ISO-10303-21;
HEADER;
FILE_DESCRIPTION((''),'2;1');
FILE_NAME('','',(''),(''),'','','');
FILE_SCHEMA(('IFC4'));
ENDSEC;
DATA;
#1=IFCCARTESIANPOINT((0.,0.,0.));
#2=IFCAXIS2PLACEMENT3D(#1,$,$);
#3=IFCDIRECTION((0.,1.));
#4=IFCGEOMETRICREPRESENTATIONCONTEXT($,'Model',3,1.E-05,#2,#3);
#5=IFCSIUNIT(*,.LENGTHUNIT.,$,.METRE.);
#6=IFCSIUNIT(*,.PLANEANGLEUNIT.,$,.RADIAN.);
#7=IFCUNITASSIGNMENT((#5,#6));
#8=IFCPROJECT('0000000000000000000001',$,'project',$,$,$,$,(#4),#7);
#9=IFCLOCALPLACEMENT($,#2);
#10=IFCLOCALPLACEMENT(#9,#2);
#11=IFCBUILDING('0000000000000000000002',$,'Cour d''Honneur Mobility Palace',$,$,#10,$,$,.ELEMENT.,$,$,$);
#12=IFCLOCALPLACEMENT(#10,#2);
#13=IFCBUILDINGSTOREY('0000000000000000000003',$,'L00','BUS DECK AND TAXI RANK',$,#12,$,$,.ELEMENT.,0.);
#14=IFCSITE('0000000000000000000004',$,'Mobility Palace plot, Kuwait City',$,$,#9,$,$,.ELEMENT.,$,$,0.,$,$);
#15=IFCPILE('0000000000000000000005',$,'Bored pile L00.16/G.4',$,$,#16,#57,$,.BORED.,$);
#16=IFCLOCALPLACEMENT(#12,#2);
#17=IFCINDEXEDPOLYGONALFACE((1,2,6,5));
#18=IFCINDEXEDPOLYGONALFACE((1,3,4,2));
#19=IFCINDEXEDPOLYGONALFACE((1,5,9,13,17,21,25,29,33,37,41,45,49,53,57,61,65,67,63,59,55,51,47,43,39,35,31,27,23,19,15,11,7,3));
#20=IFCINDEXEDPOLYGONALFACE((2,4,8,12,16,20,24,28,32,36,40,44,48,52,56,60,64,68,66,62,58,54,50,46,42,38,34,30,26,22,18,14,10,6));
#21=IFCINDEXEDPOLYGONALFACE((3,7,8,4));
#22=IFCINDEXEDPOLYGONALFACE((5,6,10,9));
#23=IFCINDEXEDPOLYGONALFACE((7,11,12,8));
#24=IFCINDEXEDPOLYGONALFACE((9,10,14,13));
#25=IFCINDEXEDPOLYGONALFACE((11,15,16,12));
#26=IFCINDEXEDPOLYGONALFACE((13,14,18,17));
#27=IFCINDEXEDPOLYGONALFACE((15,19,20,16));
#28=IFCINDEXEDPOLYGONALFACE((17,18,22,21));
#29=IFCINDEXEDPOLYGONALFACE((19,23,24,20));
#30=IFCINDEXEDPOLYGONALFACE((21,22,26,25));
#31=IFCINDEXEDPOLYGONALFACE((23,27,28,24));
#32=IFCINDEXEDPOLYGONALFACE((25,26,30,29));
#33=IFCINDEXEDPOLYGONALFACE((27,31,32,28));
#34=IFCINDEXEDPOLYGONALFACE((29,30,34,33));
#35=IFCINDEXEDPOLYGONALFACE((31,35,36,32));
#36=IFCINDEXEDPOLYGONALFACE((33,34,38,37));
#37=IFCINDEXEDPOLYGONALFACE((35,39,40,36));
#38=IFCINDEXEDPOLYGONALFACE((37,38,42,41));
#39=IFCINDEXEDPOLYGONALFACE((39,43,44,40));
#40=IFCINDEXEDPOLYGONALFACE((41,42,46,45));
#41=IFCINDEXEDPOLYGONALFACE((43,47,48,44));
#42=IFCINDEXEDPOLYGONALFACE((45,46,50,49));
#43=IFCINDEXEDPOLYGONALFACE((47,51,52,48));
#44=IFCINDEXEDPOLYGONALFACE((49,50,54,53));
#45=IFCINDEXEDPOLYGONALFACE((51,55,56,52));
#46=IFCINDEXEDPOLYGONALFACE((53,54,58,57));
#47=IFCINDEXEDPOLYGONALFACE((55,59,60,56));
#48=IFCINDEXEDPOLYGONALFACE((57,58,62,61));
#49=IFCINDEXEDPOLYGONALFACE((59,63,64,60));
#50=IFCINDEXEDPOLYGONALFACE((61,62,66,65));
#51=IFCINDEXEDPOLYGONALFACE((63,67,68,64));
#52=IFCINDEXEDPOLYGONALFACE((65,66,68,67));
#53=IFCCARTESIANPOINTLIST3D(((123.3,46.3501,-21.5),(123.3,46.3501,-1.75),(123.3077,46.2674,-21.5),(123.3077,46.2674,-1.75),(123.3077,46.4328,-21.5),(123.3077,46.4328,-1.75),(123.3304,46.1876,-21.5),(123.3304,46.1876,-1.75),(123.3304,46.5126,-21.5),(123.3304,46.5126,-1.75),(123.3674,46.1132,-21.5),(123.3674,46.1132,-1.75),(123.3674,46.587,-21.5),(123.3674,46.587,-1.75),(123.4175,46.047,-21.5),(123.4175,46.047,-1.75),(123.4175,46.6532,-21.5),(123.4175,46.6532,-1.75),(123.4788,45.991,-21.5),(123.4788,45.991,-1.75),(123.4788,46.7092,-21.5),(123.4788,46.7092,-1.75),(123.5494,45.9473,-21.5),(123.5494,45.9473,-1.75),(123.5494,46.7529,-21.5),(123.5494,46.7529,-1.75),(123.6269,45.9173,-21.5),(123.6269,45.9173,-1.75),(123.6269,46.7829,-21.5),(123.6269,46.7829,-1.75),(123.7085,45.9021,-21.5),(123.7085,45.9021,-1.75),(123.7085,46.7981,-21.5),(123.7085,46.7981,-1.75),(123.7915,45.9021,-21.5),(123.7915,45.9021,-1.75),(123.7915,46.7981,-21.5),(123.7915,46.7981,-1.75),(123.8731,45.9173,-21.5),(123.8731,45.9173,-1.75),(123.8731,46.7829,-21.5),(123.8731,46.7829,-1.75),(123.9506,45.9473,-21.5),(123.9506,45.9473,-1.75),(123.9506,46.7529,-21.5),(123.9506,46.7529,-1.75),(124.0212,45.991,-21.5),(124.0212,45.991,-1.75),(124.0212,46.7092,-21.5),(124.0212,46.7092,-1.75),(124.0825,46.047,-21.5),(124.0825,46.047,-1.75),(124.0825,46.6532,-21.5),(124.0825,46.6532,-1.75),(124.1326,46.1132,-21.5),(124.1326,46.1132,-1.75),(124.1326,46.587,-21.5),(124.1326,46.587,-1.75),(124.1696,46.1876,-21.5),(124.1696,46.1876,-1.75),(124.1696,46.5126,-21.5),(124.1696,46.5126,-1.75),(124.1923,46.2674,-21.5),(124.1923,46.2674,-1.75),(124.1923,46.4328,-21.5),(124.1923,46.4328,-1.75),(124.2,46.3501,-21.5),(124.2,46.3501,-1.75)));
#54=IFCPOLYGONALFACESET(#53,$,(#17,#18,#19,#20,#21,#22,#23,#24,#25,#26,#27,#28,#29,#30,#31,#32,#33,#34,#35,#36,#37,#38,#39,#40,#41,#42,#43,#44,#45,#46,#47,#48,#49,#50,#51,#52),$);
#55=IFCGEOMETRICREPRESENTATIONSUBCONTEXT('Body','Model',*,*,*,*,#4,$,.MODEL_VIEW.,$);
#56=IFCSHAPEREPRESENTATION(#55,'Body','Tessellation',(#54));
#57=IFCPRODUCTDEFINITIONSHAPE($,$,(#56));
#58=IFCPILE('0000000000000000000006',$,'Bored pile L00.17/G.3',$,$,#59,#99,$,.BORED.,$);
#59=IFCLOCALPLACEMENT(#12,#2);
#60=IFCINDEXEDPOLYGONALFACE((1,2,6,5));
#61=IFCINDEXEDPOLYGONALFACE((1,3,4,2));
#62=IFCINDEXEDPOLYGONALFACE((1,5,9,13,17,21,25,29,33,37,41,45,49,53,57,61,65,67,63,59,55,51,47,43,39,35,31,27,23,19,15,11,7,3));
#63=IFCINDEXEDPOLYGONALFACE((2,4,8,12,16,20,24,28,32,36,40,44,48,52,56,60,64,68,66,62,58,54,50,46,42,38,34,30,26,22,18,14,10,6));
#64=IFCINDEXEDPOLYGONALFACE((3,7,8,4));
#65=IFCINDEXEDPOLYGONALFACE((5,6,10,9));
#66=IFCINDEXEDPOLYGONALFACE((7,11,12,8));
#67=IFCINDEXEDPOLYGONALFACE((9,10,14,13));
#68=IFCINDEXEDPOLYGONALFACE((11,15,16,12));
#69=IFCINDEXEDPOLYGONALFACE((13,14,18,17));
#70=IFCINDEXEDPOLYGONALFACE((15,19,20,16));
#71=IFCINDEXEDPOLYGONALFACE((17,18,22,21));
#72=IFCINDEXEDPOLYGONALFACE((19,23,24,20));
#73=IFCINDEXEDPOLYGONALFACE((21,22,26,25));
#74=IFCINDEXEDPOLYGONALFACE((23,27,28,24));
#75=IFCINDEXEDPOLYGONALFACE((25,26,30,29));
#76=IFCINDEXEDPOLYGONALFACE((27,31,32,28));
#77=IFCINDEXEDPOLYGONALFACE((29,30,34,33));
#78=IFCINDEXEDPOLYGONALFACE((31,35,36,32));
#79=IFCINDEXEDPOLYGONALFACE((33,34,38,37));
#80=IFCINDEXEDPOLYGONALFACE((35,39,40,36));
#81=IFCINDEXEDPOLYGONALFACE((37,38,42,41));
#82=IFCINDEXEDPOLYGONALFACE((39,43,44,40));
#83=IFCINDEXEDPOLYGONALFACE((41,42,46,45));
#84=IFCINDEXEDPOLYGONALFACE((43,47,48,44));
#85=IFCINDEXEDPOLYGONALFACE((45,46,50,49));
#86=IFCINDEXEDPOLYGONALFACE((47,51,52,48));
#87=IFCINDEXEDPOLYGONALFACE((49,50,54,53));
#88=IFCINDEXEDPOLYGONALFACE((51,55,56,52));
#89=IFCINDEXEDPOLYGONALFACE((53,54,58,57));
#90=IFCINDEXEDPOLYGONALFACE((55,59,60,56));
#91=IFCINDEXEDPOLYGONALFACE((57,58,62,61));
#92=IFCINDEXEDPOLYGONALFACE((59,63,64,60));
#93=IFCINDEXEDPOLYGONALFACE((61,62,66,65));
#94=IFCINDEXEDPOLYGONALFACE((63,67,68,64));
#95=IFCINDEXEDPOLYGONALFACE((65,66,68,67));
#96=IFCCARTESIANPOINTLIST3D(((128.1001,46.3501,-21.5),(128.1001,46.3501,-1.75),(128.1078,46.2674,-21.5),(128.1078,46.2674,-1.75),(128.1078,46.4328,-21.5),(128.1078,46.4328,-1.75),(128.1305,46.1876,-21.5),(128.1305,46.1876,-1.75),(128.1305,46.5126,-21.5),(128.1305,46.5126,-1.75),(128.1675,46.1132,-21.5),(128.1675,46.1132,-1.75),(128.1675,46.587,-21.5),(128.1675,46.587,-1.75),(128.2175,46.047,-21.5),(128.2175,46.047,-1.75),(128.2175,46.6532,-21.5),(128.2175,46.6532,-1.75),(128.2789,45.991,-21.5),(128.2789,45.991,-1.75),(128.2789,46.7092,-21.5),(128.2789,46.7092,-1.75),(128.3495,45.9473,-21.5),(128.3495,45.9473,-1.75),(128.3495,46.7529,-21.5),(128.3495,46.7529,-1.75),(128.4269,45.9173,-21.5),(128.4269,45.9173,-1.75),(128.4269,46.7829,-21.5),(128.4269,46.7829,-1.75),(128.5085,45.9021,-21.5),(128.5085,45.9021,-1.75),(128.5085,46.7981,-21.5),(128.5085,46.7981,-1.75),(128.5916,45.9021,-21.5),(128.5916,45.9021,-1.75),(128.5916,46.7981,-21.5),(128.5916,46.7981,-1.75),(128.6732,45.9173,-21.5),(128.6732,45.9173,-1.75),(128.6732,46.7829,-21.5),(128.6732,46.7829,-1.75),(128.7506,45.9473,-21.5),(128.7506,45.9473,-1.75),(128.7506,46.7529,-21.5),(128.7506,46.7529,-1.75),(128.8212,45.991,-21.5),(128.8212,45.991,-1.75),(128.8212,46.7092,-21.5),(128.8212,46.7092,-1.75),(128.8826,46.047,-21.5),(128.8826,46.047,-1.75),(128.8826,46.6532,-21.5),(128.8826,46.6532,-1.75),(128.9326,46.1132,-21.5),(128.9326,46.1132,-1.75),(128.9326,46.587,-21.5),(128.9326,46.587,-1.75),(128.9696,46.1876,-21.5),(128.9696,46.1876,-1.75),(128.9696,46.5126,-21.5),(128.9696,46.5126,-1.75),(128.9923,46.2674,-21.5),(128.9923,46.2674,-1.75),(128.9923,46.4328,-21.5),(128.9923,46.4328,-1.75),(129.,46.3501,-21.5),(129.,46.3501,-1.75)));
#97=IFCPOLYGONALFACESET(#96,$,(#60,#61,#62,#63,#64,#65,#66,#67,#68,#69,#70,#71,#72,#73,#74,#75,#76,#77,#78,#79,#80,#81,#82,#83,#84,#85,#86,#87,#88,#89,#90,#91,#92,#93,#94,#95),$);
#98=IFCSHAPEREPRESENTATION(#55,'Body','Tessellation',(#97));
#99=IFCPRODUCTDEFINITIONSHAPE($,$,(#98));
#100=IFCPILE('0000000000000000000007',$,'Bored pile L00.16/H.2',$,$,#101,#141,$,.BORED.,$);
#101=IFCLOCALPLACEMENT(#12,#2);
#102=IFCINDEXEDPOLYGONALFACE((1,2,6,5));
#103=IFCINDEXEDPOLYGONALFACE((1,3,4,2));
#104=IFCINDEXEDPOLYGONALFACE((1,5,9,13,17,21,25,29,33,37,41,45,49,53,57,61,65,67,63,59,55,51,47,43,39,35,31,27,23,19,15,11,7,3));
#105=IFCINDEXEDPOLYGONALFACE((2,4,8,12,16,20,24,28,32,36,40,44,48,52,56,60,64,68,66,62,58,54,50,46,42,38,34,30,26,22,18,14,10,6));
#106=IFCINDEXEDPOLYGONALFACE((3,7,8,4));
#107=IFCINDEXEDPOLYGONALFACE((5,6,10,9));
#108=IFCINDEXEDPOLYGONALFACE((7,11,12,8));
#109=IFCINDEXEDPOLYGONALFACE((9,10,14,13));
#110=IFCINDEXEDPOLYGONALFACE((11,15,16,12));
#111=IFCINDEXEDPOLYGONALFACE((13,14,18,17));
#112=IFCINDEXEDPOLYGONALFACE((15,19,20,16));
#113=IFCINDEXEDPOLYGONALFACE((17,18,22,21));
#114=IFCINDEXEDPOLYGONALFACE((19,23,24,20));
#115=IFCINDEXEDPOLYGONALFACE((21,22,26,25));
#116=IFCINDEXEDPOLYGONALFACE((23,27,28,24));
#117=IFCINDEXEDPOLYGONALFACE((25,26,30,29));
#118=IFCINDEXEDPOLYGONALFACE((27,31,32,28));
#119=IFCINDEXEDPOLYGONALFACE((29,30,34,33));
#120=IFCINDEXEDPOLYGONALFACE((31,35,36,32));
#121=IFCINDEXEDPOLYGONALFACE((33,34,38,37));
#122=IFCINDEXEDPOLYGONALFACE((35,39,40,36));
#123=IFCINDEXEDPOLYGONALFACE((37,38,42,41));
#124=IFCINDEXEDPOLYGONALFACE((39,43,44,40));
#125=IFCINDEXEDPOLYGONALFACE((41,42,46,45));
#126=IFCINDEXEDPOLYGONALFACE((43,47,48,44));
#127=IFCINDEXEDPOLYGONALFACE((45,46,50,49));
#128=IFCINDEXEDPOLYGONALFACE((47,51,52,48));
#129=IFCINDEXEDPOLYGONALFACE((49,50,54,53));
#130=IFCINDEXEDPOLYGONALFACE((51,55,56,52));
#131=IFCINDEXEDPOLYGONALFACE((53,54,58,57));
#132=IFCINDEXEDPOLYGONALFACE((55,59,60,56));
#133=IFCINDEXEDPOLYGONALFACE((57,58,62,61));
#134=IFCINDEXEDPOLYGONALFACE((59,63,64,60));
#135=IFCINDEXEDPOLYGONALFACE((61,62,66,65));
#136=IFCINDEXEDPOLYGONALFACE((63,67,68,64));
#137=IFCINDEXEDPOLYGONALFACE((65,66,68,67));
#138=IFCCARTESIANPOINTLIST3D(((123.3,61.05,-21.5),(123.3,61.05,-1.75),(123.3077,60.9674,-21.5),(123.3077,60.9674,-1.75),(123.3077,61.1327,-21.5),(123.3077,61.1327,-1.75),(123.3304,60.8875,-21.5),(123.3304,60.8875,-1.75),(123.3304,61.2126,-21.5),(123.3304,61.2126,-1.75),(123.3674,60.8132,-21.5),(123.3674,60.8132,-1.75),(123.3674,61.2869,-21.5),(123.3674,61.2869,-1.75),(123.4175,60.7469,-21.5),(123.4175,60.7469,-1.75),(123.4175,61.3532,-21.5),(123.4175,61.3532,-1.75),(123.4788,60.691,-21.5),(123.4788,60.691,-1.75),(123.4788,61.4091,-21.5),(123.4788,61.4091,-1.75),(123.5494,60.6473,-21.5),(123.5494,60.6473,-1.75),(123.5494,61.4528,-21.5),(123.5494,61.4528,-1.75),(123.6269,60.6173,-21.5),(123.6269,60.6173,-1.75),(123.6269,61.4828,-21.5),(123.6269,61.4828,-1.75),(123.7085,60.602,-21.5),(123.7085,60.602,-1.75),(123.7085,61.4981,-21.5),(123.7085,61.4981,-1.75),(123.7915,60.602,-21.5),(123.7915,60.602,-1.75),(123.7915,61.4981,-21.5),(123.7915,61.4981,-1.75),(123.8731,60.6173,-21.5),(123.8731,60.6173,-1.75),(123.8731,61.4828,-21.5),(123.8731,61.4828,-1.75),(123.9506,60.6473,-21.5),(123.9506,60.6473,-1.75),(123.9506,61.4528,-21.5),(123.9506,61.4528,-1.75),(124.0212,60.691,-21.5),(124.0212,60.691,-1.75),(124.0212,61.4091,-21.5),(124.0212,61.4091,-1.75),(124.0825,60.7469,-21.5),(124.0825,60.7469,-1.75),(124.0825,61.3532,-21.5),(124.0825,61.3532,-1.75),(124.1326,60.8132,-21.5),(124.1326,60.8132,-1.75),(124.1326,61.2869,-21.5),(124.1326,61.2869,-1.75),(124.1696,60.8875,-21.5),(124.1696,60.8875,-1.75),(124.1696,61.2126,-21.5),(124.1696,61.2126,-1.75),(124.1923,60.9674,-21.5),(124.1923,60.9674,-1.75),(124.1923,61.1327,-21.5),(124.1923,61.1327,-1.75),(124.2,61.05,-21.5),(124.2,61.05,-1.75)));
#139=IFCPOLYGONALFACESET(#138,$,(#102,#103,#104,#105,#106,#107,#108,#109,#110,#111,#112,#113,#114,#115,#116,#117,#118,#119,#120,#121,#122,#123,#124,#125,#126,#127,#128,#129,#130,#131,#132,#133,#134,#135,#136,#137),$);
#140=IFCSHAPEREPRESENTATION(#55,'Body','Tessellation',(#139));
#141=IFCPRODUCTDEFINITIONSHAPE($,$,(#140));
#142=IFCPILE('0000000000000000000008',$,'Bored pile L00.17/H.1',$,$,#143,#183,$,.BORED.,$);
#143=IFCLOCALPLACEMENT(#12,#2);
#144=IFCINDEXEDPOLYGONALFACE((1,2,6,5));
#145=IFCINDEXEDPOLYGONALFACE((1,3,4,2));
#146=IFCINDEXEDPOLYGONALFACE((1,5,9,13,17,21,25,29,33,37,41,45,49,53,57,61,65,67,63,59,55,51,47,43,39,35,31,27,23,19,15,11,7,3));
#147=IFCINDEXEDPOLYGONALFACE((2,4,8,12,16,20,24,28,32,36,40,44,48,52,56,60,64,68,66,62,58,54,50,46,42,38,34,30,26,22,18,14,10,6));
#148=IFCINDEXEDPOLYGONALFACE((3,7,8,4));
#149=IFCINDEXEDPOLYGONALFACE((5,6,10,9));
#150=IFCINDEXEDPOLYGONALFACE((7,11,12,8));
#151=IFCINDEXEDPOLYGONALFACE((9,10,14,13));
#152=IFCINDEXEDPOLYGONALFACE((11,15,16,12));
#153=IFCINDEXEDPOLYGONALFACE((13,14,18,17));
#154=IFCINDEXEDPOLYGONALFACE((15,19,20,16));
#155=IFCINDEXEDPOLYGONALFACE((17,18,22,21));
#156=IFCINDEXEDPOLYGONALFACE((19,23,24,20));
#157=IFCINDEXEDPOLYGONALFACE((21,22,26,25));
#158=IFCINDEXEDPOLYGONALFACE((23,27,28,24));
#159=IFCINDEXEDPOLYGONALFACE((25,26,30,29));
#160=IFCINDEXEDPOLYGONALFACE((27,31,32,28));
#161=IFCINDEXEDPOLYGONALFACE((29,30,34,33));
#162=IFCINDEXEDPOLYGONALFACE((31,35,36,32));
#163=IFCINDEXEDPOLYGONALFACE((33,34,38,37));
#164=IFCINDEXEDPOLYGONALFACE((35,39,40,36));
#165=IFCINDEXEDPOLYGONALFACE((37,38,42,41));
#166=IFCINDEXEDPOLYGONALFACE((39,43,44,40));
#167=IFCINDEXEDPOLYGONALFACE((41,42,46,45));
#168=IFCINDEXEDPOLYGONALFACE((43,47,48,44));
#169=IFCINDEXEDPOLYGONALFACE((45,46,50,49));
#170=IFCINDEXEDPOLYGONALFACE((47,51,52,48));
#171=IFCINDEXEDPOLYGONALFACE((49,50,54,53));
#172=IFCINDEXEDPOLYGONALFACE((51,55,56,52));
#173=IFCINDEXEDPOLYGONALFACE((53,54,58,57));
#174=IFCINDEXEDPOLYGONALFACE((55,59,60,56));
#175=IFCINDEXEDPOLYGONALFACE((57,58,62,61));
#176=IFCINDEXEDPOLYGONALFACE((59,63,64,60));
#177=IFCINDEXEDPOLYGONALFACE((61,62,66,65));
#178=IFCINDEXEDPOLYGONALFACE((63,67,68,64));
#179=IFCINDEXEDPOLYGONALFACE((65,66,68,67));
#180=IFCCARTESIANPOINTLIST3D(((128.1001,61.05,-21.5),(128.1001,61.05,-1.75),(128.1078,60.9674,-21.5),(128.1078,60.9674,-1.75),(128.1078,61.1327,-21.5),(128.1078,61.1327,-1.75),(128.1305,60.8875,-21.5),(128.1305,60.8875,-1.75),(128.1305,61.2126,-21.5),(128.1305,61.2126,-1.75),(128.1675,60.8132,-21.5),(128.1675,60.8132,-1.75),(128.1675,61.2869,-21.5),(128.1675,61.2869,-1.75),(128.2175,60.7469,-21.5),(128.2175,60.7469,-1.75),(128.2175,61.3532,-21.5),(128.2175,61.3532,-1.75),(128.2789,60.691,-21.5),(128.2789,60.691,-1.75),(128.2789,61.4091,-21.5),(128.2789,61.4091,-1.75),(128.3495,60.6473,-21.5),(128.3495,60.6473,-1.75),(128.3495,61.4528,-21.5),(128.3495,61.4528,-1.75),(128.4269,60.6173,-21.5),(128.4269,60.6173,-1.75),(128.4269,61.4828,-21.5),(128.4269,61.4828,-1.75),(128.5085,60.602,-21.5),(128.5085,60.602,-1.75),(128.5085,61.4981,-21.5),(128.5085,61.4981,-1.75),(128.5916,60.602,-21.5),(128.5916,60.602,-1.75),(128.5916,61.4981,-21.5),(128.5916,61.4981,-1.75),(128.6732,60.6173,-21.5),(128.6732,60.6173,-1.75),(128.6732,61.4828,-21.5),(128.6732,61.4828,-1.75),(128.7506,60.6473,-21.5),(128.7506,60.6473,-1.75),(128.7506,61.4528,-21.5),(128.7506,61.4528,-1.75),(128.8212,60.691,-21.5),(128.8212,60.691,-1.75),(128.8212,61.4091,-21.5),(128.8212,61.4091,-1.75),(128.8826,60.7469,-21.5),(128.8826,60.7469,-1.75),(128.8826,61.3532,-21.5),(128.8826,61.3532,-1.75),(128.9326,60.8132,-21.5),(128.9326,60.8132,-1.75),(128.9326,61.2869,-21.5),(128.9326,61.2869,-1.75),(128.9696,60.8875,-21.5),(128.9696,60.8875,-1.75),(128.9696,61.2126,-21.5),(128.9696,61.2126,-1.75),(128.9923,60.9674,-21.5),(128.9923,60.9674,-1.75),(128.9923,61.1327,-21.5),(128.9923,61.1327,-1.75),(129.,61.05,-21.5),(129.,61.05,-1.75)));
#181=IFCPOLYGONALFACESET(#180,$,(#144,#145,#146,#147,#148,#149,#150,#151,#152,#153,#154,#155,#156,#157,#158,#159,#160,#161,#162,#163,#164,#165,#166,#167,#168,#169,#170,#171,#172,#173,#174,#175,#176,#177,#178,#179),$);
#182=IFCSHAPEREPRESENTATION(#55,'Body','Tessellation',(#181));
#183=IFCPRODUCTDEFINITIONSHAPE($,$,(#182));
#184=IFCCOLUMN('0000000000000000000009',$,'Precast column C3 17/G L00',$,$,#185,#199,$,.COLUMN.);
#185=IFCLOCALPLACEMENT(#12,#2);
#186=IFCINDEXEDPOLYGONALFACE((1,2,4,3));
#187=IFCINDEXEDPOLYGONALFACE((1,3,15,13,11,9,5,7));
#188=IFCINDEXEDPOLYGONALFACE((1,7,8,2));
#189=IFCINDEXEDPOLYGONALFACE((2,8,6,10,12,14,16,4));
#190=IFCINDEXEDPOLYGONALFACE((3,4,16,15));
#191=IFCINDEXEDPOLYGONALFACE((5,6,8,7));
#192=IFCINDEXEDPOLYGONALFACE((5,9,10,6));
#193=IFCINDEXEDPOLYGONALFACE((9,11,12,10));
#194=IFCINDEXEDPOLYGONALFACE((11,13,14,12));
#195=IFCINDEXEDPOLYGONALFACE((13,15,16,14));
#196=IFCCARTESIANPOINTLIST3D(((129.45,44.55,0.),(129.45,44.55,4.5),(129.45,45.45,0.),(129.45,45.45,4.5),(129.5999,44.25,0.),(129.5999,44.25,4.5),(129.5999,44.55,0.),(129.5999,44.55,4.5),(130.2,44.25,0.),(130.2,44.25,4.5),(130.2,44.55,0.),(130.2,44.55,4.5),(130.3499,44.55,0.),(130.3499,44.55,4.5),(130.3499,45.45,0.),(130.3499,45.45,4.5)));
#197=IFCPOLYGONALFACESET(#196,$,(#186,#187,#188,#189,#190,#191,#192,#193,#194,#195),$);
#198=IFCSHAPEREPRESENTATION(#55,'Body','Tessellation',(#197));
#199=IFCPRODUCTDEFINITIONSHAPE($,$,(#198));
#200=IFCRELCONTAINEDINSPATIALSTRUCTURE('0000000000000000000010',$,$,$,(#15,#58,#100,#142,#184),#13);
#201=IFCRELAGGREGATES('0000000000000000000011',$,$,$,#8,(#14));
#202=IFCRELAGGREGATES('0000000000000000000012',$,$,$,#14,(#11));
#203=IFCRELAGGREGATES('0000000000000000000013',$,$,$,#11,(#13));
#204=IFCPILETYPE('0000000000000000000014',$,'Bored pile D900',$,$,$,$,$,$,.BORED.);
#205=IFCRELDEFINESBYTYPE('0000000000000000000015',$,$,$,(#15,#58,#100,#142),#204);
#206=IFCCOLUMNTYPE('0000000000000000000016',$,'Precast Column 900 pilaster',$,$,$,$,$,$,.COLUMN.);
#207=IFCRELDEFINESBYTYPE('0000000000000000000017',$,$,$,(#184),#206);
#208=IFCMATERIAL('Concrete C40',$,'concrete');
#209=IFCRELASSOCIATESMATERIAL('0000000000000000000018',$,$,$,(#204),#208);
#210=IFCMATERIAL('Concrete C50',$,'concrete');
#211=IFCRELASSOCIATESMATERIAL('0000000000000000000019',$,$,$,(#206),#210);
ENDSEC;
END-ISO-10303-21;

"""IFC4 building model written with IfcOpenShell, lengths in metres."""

from ifc_helpers import new_model, si_unit, direction, frame, origin, origin_2d, place, context, subcontext, project, spatial, polyline, circle, outline, extrude, material, material_profile, profile_set, type_object, element, save


model = new_model("IFC4")

# Units and contexts
model_context = context("Model", 3, precision=1e-05, world=origin(), true_north=direction((0.0, 1.0)))
body_context = subcontext(model_context, "Body", "Model", "MODEL_VIEW")
ifc_project = project(units=[si_unit("LENGTHUNIT", "METRE"), si_unit("PLANEANGLEUNIT", "RADIAN")], contexts=[model_context])

# Site, building, storey
site_placement = place(None, origin())
site = spatial("IfcSite", under=ifc_project, at=site_placement, Name="Mobility Palace plot, Kuwait City", CompositionType="ELEMENT", RefElevation=0.0)
building_placement = place(site_placement, origin())
building = spatial("IfcBuilding", under=site, at=building_placement, Name="Cour d'Honneur Mobility Palace", CompositionType="ELEMENT")
storey_placement = place(building_placement, origin())
storey = spatial("IfcBuildingStorey", under=building, at=storey_placement, Name="L00", Description="BUS DECK AND TAXI RANK", CompositionType="ELEMENT", Elevation=0.0)

# Piles
ifc_material_1 = material(Name="Concrete C40", Category="concrete")
ifc_material_profile_1 = material_profile(ifc_material_1, circle(Radius=0.45, at=origin_2d()), Name="Bored pile D900")
ifc_profile_set_1 = profile_set([ifc_material_profile_1], Name="Concrete C40")
pile_type = type_object("IfcPileType", Name="Bored pile D900", PredefinedType="BORED", material=ifc_profile_set_1)
for number, where, z_axis, x_axis, name in (
    (1, (123.75, 46.3501, -1.75), (0.0, 0.0, -1.0), (1.0, 0.0, 0.0), "Bored pile L00.16/G.4"),
    (2, (128.55, 46.3501, -1.75), (0.0, 0.0, -1.0), (1.0, 0.0, 0.0), "Bored pile L00.17/G.3"),
    (3, (123.75, 61.05, -1.75), (0.0, 0.0, -1.0), (1.0, 0.0, 0.0), "Bored pile L00.16/H.2"),
    (4, (128.55, 61.05, -1.75), (0.0, 0.0, -1.0), (1.0, 0.0, 0.0), "Bored pile L00.17/H.1"),
):
    element("IfcPile", number, at=place(storey_placement, frame(where, z_axis=z_axis, x_axis=x_axis)), inside=storey, type_object=pile_type, Name=name, PredefinedType="BORED", context=body_context, shape_type="SweptSolid", body=[
        extrude(circle(Radius=0.45, at=origin_2d()), origin(), (0.0, 0.0, 1.0), 19.75),
    ])

# Column
ifc_material_2 = material(Name="Concrete C50", Category="concrete")
ifc_material_profile_2 = material_profile(ifc_material_2, outline(polyline([(-0.45, -0.45), (0.45, -0.45), (0.45, -0.3), (0.75, -0.3), (0.75, 0.3), (0.45, 0.3), (0.45, 0.45), (-0.45, 0.45), (-0.45, -0.45)])), Name="PC C900 pilaster")
ifc_profile_set_2 = profile_set([ifc_material_profile_2], Name="Concrete C50")
column_type = type_object("IfcColumnType", Name="Precast Column 900 pilaster", PredefinedType="COLUMN", material=ifc_profile_set_2)
for number, where, z_axis, x_axis, name in (
    (5, (129.8999, 45.0, 0.0), (0.0, 0.0, 1.0), (0.0, -1.0, 0.0), "Precast column C3 17/G L00"),
):
    element("IfcColumn", number, at=place(storey_placement, frame(where, z_axis=z_axis, x_axis=x_axis)), inside=storey, type_object=column_type, Name=name, PredefinedType="COLUMN", context=body_context, shape_type="SweptSolid", body=[
        extrude(outline(polyline([(-0.45, -0.45), (0.45, -0.45), (0.45, -0.3), (0.75, -0.3), (0.75, 0.3), (0.45, 0.3), (0.45, 0.45), (-0.45, 0.45), (-0.45, -0.45)])), origin(), (0.0, 0.0, 1.0), 4.5),
    ])

save(model, "model.ifc")
